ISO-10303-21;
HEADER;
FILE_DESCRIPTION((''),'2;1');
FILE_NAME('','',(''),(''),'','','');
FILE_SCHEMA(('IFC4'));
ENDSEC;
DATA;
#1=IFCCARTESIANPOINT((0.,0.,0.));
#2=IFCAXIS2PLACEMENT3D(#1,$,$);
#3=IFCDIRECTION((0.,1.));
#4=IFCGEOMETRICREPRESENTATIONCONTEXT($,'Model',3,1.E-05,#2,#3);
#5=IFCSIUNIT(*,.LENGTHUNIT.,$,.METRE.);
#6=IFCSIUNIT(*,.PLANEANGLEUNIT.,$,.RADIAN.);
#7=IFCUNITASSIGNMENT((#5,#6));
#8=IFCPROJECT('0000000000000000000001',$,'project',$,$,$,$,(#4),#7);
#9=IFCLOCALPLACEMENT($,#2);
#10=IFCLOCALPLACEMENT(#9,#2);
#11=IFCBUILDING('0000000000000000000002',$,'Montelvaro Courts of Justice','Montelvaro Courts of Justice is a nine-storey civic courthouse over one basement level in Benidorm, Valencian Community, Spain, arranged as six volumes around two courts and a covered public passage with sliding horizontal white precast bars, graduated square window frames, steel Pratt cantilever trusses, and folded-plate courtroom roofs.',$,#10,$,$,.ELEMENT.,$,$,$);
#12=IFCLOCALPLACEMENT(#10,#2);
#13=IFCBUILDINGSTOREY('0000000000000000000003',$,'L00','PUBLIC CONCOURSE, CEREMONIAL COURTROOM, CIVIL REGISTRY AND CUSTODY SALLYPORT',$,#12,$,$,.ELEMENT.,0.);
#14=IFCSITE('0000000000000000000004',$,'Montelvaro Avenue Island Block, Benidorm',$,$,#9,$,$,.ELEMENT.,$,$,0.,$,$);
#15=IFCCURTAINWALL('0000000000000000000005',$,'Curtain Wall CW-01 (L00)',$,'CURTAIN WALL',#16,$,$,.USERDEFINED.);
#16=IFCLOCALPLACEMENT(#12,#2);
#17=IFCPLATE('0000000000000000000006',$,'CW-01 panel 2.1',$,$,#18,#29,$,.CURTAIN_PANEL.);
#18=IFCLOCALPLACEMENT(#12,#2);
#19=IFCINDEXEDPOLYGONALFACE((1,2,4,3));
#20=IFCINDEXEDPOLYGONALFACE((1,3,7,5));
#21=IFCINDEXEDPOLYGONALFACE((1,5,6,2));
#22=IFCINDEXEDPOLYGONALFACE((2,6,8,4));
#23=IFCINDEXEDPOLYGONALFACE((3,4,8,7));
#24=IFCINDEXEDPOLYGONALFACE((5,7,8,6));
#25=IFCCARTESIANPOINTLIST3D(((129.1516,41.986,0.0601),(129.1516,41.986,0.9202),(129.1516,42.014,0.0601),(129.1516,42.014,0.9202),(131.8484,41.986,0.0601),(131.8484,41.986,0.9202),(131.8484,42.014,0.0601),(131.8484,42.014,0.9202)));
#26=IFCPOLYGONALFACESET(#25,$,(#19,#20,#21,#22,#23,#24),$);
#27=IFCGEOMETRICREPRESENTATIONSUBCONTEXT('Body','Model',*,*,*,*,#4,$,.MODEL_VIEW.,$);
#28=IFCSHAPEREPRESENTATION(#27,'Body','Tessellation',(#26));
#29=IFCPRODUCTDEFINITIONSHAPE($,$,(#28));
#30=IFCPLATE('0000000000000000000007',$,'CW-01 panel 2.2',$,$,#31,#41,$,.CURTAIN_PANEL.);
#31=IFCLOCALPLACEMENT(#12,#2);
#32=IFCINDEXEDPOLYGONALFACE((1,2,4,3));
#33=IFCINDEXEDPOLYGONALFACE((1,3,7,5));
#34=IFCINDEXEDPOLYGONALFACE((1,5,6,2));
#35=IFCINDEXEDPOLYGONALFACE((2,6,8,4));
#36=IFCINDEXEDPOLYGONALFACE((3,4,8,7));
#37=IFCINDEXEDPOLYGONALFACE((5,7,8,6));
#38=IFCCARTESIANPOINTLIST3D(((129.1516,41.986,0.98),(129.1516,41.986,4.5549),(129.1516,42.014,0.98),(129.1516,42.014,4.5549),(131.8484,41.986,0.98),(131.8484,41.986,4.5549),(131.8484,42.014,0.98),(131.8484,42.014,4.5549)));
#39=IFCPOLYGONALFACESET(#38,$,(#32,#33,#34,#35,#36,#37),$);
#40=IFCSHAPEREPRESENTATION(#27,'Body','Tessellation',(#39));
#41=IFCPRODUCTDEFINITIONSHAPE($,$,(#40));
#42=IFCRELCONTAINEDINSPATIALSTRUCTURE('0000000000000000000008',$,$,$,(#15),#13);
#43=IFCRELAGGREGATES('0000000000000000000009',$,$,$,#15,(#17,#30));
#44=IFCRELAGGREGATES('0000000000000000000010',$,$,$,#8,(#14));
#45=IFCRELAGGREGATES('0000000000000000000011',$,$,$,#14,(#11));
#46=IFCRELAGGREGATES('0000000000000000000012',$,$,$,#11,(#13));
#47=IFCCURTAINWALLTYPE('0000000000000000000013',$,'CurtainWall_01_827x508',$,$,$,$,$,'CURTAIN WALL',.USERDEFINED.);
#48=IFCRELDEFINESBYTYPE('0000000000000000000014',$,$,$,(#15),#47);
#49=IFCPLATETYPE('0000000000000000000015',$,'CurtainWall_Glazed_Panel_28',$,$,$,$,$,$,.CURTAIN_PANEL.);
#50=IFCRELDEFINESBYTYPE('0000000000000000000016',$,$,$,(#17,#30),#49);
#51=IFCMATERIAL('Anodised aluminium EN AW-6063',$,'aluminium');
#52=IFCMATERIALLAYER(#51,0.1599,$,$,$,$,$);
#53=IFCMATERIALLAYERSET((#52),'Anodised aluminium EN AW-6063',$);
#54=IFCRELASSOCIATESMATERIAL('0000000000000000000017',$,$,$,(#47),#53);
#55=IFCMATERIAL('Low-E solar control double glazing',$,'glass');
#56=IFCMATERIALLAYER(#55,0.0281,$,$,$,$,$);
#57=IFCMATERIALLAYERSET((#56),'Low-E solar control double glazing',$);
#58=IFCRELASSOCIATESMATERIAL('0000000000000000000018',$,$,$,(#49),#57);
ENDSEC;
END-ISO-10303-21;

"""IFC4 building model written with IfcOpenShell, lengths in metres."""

from ifc_helpers import new_model, si_unit, direction, frame, origin, origin_2d, place, context, subcontext, project, spatial, rectangle, extrude, material, layer, layer_set, type_object, element, aggregate, save


model = new_model("IFC4")

# Units and contexts
model_context = context("Model", 3, precision=1e-05, world=origin(), true_north=direction((0.0, 1.0)))
body_context = subcontext(model_context, "Body", "Model", "MODEL_VIEW")
ifc_project = project(units=[si_unit("LENGTHUNIT", "METRE"), si_unit("PLANEANGLEUNIT", "RADIAN")], contexts=[model_context])

# Site, building, storey
site_placement = place(None, origin())
site = spatial("IfcSite", under=ifc_project, at=site_placement, Name="Montelvaro Avenue Island Block, Benidorm", CompositionType="ELEMENT", RefElevation=0.0)
building_placement = place(site_placement, origin())
building = spatial("IfcBuilding", under=site, at=building_placement, Name="Montelvaro Courts of Justice", Description="Montelvaro Courts of Justice is a nine-storey civic courthouse over one basement level in Benidorm, Valencian Community, Spain, arranged as six volumes around two courts and a covered public passage with sliding horizontal white precast bars, graduated square window frames, steel Pratt cantilever trusses, and folded-plate courtroom roofs.", CompositionType="ELEMENT")
storey_placement = place(building_placement, origin())
storey = spatial("IfcBuildingStorey", under=building, at=storey_placement, Name="L00", Description="PUBLIC CONCOURSE, CEREMONIAL COURTROOM, CIVIL REGISTRY AND CUSTODY SALLYPORT", CompositionType="ELEMENT", Elevation=0.0)

# Shared definitions
ifc_material_1 = material(Name="Anodised aluminium EN AW-6063", Category="aluminium")
ifc_layer_1 = layer(ifc_material_1, 0.1599)
ifc_layer_set_1 = layer_set([ifc_layer_1], Name="Anodised aluminium EN AW-6063")
curtain_wall_type = type_object("IfcCurtainWallType", Name="CurtainWall_01_827x508", ElementType="CURTAIN WALL", PredefinedType="USERDEFINED", material=ifc_layer_set_1)

# Curtain wall
curtain_wall_1_placement = place(storey_placement, origin())
curtain_wall_1 = element("IfcCurtainWall", 1, at=curtain_wall_1_placement, inside=storey, type_object=curtain_wall_type, Name="Curtain Wall CW-01 (L00)", ObjectType="CURTAIN WALL", PredefinedType="USERDEFINED")

# Plates
ifc_material_2 = material(Name="Low-E solar control double glazing", Category="glass")
ifc_layer_2 = layer(ifc_material_2, 0.0281)
ifc_layer_set_2 = layer_set([ifc_layer_2], Name="Low-E solar control double glazing")
plate_type = type_object("IfcPlateType", Name="CurtainWall_Glazed_Panel_28", PredefinedType="CURTAIN_PANEL", material=ifc_layer_set_2)
plate_1_placement = place(storey_placement, frame((130.5, 42.0, 0.0601), z_axis=(0.0, 0.0, 1.0), x_axis=(-1.0, 0.0, 0.0)))
plate_1 = element("IfcPlate", 2, at=plate_1_placement, type_object=plate_type, Name="CW-01 panel 2.1", PredefinedType="CURTAIN_PANEL", context=body_context, shape_type="SweptSolid", body=[
    extrude(rectangle(XDim=2.6968, YDim=0.0281, at=origin_2d()), origin(), (0.0, 0.0, 1.0), 0.8601),
])
plate_2_placement = place(storey_placement, frame((130.5, 42.0, 0.98), z_axis=(0.0, 0.0, 1.0), x_axis=(-1.0, 0.0, 0.0)))
plate_2 = element("IfcPlate", 3, at=plate_2_placement, type_object=plate_type, Name="CW-01 panel 2.2", PredefinedType="CURTAIN_PANEL", context=body_context, shape_type="SweptSolid", body=[
    extrude(rectangle(XDim=2.6968, YDim=0.0281, at=origin_2d()), origin(), (0.0, 0.0, 1.0), 3.575),
])
aggregate(curtain_wall_1, [plate_1, plate_2])

save(model, "model.ifc")
